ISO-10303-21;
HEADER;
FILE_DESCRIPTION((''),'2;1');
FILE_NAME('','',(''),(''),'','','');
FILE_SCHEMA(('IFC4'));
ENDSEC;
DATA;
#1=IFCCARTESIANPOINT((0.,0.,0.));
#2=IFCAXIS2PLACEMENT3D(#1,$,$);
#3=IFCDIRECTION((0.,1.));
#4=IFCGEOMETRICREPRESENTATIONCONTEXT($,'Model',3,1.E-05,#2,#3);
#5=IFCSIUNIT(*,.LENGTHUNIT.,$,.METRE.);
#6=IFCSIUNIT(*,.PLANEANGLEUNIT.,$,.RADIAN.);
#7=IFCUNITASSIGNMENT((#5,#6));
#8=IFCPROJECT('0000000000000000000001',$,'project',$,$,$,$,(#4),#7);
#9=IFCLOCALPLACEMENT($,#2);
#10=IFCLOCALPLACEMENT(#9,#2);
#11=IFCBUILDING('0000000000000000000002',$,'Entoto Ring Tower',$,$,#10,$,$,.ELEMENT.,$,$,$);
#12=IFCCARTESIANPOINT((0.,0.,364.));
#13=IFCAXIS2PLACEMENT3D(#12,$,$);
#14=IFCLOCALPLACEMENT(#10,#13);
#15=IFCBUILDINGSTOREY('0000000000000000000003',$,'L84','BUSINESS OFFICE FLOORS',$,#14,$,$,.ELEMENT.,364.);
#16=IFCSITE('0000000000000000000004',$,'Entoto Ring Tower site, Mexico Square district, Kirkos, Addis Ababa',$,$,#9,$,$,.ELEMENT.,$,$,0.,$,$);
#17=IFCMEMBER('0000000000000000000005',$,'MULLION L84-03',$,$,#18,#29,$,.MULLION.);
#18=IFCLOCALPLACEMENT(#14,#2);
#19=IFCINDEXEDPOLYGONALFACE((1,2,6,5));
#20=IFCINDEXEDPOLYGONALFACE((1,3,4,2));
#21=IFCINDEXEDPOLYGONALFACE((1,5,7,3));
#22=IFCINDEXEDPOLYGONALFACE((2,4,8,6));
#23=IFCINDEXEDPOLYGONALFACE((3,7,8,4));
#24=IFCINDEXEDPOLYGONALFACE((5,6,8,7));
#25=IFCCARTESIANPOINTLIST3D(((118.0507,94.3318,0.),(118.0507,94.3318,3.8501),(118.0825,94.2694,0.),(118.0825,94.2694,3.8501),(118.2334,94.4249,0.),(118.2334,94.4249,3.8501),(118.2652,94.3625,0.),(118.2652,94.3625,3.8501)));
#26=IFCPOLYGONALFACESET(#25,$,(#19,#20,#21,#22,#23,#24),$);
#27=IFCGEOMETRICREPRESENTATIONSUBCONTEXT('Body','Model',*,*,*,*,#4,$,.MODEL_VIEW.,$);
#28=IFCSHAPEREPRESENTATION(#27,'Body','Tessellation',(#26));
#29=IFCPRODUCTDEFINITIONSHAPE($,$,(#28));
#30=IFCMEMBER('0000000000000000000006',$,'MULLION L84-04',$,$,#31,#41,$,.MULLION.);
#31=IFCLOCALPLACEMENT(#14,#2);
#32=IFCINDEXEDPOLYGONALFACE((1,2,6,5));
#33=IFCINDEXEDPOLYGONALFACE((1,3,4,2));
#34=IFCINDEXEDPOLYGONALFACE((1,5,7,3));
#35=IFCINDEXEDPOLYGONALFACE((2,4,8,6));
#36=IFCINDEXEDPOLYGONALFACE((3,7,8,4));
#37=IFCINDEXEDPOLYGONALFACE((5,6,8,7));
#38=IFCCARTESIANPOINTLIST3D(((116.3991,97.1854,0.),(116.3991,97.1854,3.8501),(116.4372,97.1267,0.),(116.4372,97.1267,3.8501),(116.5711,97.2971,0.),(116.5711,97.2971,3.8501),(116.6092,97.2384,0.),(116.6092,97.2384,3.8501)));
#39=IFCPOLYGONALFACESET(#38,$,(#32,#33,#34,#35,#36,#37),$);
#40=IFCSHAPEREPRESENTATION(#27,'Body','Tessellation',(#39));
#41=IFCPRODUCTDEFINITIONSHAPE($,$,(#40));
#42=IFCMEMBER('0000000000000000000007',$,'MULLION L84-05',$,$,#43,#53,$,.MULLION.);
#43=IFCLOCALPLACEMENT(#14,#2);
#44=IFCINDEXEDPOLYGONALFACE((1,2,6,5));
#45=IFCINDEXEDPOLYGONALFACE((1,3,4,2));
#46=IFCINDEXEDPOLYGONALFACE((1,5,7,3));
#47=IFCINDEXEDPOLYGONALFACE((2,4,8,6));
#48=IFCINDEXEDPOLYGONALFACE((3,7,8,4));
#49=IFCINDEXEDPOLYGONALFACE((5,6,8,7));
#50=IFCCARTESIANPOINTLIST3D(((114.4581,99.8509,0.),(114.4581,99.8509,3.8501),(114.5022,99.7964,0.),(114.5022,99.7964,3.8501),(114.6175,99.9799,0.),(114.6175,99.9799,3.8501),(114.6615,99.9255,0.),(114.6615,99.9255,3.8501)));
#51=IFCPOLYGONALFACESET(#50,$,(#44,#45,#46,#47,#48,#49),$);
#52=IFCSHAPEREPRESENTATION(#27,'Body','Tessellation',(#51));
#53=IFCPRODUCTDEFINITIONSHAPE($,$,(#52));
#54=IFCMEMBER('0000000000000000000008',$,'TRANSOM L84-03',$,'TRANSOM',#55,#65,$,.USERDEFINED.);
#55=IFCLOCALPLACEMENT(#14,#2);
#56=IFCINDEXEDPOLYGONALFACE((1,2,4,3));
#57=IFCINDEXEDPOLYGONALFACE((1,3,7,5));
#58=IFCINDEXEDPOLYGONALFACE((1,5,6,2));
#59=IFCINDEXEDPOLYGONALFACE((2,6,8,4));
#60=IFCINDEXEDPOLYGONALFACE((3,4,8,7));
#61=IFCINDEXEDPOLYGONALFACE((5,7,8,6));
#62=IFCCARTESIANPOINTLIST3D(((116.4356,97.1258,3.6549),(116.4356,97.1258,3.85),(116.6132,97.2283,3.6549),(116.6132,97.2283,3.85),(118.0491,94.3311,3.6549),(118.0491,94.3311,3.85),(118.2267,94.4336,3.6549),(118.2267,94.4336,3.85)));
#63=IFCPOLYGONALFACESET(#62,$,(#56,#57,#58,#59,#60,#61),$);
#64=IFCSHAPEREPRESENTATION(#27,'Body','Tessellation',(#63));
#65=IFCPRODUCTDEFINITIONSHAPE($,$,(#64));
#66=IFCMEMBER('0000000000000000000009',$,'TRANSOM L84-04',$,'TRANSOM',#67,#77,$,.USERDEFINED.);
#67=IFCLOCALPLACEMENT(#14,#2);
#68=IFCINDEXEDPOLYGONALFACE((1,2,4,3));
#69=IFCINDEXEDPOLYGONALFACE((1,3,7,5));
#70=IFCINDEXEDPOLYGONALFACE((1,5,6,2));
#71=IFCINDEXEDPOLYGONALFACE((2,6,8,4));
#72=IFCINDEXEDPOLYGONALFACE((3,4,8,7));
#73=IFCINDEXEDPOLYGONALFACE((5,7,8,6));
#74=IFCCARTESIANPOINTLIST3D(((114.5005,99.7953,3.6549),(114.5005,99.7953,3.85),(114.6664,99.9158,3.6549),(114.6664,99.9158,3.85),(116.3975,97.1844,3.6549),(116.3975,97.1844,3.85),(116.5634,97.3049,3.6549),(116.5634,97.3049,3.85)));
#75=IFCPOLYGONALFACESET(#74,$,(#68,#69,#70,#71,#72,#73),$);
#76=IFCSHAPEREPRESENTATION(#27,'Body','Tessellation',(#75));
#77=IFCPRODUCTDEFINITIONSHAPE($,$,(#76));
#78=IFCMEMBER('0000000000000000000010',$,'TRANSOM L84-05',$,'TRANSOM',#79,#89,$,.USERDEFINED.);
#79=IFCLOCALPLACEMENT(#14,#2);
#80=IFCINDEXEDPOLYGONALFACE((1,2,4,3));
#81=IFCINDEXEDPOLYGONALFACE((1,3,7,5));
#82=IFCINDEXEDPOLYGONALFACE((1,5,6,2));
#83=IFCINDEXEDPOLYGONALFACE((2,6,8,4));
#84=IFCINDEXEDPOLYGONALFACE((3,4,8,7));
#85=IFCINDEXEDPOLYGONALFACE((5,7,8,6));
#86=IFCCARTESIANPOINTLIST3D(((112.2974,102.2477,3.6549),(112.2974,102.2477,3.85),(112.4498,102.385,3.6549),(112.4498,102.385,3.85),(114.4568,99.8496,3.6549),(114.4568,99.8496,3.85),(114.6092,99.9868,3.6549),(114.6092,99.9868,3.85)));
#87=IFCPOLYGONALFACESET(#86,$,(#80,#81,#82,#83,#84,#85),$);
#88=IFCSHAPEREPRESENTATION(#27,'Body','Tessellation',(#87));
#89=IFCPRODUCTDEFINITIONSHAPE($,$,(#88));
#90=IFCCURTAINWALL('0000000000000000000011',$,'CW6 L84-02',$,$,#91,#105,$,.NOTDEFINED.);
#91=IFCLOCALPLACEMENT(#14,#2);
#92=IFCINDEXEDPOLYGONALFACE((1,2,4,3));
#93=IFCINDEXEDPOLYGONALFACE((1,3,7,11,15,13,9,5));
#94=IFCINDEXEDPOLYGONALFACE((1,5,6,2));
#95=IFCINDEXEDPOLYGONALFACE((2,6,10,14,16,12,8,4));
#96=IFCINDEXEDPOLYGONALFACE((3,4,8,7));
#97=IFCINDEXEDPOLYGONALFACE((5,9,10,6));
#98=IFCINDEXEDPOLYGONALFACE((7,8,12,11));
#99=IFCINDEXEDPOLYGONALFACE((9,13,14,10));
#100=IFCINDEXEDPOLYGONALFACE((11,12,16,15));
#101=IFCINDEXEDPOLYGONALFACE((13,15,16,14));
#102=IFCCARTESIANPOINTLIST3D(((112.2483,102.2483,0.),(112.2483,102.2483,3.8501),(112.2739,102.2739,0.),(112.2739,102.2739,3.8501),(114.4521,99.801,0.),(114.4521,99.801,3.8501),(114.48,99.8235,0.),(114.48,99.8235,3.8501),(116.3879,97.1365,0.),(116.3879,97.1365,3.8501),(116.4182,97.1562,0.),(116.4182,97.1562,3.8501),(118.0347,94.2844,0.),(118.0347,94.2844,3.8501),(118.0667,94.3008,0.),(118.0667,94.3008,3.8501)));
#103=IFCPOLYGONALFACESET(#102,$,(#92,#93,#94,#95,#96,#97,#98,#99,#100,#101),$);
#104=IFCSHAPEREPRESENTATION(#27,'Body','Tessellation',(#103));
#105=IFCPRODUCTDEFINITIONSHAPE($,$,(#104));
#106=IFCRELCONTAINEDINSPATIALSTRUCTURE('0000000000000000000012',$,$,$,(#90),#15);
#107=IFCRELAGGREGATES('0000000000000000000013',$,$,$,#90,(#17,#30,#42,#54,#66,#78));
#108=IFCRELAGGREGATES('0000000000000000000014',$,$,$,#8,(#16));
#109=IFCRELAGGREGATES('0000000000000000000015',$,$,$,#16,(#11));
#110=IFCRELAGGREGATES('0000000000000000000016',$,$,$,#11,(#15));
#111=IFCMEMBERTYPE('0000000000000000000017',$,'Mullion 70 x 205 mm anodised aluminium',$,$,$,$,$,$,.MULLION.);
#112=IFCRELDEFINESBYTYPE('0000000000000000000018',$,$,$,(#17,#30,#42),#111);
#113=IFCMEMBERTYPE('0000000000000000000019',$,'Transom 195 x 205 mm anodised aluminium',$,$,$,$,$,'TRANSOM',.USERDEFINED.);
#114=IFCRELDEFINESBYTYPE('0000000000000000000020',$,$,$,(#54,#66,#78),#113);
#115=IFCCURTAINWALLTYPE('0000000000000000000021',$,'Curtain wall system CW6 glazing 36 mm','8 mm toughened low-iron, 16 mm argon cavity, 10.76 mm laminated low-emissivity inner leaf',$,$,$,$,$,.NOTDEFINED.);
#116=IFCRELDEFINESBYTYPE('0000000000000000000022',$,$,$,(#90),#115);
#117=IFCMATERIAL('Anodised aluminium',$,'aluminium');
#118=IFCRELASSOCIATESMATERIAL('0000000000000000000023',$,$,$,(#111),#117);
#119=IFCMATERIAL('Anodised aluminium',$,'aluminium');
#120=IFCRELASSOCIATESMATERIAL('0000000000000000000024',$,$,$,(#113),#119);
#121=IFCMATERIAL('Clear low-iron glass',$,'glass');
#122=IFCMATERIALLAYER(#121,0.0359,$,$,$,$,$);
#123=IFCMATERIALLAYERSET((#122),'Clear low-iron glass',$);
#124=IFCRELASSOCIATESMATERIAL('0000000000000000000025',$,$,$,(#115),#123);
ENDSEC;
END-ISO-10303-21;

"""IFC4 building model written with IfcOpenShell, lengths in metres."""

from ifc_helpers import new_model, si_unit, direction, frame, origin, origin_2d, place, context, subcontext, project, spatial, polyline, rectangle, outline, extrude, material, layer, layer_set, material_profile, profile_set, type_object, element, aggregate, save


model = new_model("IFC4")

# Units and contexts
model_context = context("Model", 3, precision=1e-05, world=origin(), true_north=direction((0.0, 1.0)))
body_context = subcontext(model_context, "Body", "Model", "MODEL_VIEW")
ifc_project = project(units=[si_unit("LENGTHUNIT", "METRE"), si_unit("PLANEANGLEUNIT", "RADIAN")], contexts=[model_context])

# Members
ifc_material_1 = material(Name="Anodised aluminium", Category="aluminium")
ifc_material_profile_1 = material_profile(ifc_material_1, rectangle(XDim=0.0701, YDim=0.2051, at=origin_2d()), Name="Mullion 70 x 205 mm anodised aluminium")
ifc_profile_set_1 = profile_set([ifc_material_profile_1], Name="Anodised aluminium")
member_type_1 = type_object("IfcMemberType", Name="Mullion 70 x 205 mm anodised aluminium", PredefinedType="MULLION", material=ifc_profile_set_1)
site_placement = place(None, origin())
building_placement = place(site_placement, origin())
storey_placement = place(building_placement, frame((0.0, 0.0, 364.0)))
member_1_placement = place(storey_placement, frame((118.158, 94.3472, 0.0), z_axis=(0.0, 0.0, 1.0), x_axis=(-0.45399, 0.891007, 0.0)))
member_1 = element("IfcMember", 1, at=member_1_placement, type_object=member_type_1, Name="MULLION L84-03", PredefinedType="MULLION", context=body_context, shape_type="SweptSolid", body=[
    extrude(rectangle(XDim=0.0701, YDim=0.2051, at=origin_2d()), origin(), (0.0, 0.0, 1.0), 3.8501),
])
member_2_placement = place(storey_placement, frame((116.5042, 97.2119, 0.0), z_axis=(0.0, 0.0, 1.0), x_axis=(-0.544639, 0.838671, 0.0)))
member_2 = element("IfcMember", 2, at=member_2_placement, type_object=member_type_1, Name="MULLION L84-04", PredefinedType="MULLION", context=body_context, shape_type="SweptSolid", body=[
    extrude(rectangle(XDim=0.0701, YDim=0.2051, at=origin_2d()), origin(), (0.0, 0.0, 1.0), 3.8501),
])
member_3_placement = place(storey_placement, frame((114.5598, 99.8882, 0.0), z_axis=(0.0, 0.0, 1.0), x_axis=(-0.62932, 0.777146, 0.0)))
member_3 = element("IfcMember", 3, at=member_3_placement, type_object=member_type_1, Name="MULLION L84-05", PredefinedType="MULLION", context=body_context, shape_type="SweptSolid", body=[
    extrude(rectangle(XDim=0.0701, YDim=0.2051, at=origin_2d()), origin(), (0.0, 0.0, 1.0), 3.8501),
])
ifc_material_2 = material(Name="Anodised aluminium", Category="aluminium")
ifc_material_profile_2 = material_profile(ifc_material_2, rectangle(XDim=0.2051, YDim=0.1951, at=origin_2d()), Name="Transom 195 x 205 mm anodised aluminium")
ifc_profile_set_2 = profile_set([ifc_material_profile_2], Name="Anodised aluminium")
member_type_2 = type_object("IfcMemberType", Name="Transom 195 x 205 mm anodised aluminium", ElementType="TRANSOM", PredefinedType="USERDEFINED", material=ifc_profile_set_2)
member_4_placement = place(storey_placement, frame((118.1379, 94.3823, 3.7524), z_axis=(-0.500004, 0.866023, 0.0), x_axis=(-0.866023, -0.500004, 0.0)))
member_4 = element("IfcMember", 4, at=member_4_placement, type_object=member_type_2, Name="TRANSOM L84-03", ObjectType="TRANSOM", PredefinedType="USERDEFINED", context=body_context, shape_type="SweptSolid", body=[
    extrude(rectangle(XDim=0.2051, YDim=0.1951, at=origin_2d()), origin(), (0.0, 0.0, 1.0), 3.2271),
])
member_5_placement = place(storey_placement, frame((116.4805, 97.2446, 3.7524), z_axis=(-0.587803, 0.809004, 0.0), x_axis=(-0.809004, -0.587803, 0.0)))
member_5 = element("IfcMember", 5, at=member_5_placement, type_object=member_type_2, Name="TRANSOM L84-04", ObjectType="TRANSOM", PredefinedType="USERDEFINED", context=body_context, shape_type="SweptSolid", body=[
    extrude(rectangle(XDim=0.2051, YDim=0.1951, at=origin_2d()), origin(), (0.0, 0.0, 1.0), 3.2273),
])
member_6_placement = place(storey_placement, frame((114.533, 99.9182, 3.7524), z_axis=(-0.669144, 0.743132, 0.0), x_axis=(-0.743132, -0.669144, 0.0)))
member_6 = element("IfcMember", 6, at=member_6_placement, type_object=member_type_2, Name="TRANSOM L84-05", ObjectType="TRANSOM", PredefinedType="USERDEFINED", context=body_context, shape_type="SweptSolid", body=[
    extrude(rectangle(XDim=0.2051, YDim=0.1951, at=origin_2d()), origin(), (0.0, 0.0, 1.0), 3.2271),
])

# Site, building, storey
site = spatial("IfcSite", under=ifc_project, at=site_placement, Name="Entoto Ring Tower site, Mexico Square district, Kirkos, Addis Ababa", CompositionType="ELEMENT", RefElevation=0.0)
building = spatial("IfcBuilding", under=site, at=building_placement, Name="Entoto Ring Tower", CompositionType="ELEMENT")
storey = spatial("IfcBuildingStorey", under=building, at=storey_placement, Name="L84", Description="BUSINESS OFFICE FLOORS", CompositionType="ELEMENT", Elevation=364.0)

# Curtain wall
ifc_material_3 = material(Name="Clear low-iron glass", Category="glass")
ifc_layer_1 = layer(ifc_material_3, 0.0359)
ifc_layer_set_1 = layer_set([ifc_layer_1], Name="Clear low-iron glass")
curtain_wall_type = type_object("IfcCurtainWallType", Name="Curtain wall system CW6 glazing 36 mm", Description="8 mm toughened low-iron, 16 mm argon cavity, 10.76 mm laminated low-emissivity inner leaf", PredefinedType="NOTDEFINED", material=ifc_layer_set_1)
curtain_wall_1_placement = place(storey_placement, origin())
curtain_wall_1 = element("IfcCurtainWall", 7, at=curtain_wall_1_placement, inside=storey, type_object=curtain_wall_type, Name="CW6 L84-02", PredefinedType="NOTDEFINED", context=body_context, shape_type="SweptSolid", body=[
    extrude(outline(polyline([(118.0667, 94.3008), (116.4182, 97.1562), (114.48, 99.8235), (112.2739, 102.2739), (112.2483, 102.2483), (114.4521, 99.801), (116.3879, 97.1365), (118.0347, 94.2844), (118.0667, 94.3008)])), origin(), (0.0, 0.0, 1.0), 3.8501),
])
aggregate(curtain_wall_1, [member_1, member_2, member_3, member_4, member_5, member_6])

save(model, "model.ifc")
